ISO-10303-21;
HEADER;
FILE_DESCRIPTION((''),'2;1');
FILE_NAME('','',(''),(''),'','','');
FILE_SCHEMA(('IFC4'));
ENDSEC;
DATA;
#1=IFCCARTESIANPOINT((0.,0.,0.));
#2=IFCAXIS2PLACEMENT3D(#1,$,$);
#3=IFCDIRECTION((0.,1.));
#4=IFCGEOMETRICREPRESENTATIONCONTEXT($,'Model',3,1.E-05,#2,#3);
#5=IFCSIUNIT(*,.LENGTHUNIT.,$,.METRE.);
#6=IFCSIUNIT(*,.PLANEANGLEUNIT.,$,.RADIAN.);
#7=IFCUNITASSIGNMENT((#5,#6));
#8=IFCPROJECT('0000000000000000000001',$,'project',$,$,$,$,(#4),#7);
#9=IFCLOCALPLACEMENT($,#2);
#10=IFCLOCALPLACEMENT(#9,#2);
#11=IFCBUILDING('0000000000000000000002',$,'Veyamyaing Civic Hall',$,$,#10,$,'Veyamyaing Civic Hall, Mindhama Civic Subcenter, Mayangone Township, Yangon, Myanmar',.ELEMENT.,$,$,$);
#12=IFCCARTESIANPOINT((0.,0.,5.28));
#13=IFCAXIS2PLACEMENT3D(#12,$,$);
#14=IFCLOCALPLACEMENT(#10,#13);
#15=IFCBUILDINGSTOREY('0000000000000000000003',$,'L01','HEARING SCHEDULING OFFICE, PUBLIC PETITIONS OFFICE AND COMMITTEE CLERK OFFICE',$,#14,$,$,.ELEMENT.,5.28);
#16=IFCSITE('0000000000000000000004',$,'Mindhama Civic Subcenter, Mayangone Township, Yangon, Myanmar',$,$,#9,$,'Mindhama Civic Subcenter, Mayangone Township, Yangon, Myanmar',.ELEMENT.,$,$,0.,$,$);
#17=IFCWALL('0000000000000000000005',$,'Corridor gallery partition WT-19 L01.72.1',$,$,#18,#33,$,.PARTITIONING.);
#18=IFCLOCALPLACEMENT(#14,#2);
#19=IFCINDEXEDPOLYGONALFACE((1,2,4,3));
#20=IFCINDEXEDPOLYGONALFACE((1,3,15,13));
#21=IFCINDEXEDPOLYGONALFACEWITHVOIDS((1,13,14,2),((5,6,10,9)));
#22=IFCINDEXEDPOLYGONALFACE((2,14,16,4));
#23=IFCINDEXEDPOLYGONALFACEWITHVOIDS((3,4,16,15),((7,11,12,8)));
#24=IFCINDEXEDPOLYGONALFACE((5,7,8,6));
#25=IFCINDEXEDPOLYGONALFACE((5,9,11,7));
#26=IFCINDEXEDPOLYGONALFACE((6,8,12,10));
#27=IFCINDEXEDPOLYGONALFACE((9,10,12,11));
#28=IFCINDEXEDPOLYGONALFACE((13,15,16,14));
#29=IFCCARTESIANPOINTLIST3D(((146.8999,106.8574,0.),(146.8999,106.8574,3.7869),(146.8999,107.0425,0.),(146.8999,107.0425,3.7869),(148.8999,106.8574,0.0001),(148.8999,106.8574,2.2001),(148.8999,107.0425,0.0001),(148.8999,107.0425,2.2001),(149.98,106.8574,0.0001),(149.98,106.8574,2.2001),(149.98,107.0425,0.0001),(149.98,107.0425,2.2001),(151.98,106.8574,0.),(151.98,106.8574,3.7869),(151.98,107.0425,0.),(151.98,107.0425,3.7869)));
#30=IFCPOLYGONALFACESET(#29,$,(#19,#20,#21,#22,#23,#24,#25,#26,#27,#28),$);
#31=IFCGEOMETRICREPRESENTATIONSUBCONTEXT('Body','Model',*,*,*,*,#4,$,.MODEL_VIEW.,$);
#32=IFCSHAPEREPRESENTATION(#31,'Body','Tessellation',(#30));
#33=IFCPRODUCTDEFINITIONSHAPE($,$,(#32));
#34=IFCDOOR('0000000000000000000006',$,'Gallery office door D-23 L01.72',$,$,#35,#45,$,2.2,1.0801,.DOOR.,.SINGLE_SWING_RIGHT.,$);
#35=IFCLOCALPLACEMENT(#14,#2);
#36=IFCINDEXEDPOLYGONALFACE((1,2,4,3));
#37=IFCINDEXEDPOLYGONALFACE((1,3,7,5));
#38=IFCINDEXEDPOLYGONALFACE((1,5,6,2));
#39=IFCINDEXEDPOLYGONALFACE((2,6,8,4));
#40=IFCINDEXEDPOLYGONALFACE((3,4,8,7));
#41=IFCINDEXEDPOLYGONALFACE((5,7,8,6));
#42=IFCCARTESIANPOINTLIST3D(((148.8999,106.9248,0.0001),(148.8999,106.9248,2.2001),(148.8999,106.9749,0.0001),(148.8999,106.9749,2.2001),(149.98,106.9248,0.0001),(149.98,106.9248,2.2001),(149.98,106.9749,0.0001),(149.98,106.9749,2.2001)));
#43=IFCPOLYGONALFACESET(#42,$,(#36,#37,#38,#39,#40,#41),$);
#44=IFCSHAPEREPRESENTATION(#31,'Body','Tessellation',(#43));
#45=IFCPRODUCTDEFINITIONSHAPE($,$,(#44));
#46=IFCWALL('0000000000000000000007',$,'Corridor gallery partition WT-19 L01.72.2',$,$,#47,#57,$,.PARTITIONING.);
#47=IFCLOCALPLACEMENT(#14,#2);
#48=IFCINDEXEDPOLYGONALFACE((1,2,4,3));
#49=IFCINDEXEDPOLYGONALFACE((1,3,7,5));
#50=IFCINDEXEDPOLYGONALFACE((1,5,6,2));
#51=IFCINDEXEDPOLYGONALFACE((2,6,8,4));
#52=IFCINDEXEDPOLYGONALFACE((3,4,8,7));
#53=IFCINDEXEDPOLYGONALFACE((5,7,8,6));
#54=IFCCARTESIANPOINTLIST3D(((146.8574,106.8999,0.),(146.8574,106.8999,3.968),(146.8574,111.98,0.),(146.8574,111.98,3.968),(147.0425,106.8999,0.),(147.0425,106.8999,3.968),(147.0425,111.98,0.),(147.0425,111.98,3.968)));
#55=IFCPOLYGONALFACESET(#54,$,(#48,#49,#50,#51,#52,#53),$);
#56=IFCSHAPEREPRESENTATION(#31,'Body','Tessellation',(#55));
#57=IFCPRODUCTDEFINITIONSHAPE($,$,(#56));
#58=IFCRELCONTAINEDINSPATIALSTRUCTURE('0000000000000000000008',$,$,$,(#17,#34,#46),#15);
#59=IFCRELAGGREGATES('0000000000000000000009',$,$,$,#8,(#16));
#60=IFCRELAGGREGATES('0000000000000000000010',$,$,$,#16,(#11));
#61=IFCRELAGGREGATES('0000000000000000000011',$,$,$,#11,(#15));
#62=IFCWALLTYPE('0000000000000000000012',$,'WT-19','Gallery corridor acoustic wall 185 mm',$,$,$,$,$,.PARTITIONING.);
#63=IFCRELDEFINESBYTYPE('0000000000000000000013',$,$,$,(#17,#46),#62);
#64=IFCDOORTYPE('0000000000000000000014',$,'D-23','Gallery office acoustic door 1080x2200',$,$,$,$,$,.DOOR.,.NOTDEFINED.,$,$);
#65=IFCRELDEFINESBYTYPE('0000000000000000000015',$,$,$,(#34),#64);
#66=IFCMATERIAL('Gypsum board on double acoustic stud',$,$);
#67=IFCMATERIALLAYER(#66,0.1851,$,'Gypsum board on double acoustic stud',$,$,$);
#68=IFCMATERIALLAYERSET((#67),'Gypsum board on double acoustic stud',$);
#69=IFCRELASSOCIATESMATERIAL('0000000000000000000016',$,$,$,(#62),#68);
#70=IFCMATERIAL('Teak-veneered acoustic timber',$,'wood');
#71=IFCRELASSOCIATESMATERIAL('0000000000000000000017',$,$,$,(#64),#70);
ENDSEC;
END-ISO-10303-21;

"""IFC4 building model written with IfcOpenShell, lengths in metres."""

from ifc_helpers import new_model, si_unit, direction, frame, frame_2d, origin, place, context, subcontext, project, spatial, rectangle, extrude, material, layer, layer_set, type_object, element, fill, save


model = new_model("IFC4")

# Units and contexts
model_context = context("Model", 3, precision=1e-05, world=origin(), true_north=direction((0.0, 1.0)))
body_context = subcontext(model_context, "Body", "Model", "MODEL_VIEW")
ifc_project = project(units=[si_unit("LENGTHUNIT", "METRE"), si_unit("PLANEANGLEUNIT", "RADIAN")], contexts=[model_context])

# Site, building, storey
site_placement = place(None, origin())
site = spatial("IfcSite", under=ifc_project, at=site_placement, Name="Mindhama Civic Subcenter, Mayangone Township, Yangon, Myanmar", LongName="Mindhama Civic Subcenter, Mayangone Township, Yangon, Myanmar", CompositionType="ELEMENT", RefElevation=0.0)
building_placement = place(site_placement, origin())
building = spatial("IfcBuilding", under=site, at=building_placement, Name="Veyamyaing Civic Hall", LongName="Veyamyaing Civic Hall, Mindhama Civic Subcenter, Mayangone Township, Yangon, Myanmar", CompositionType="ELEMENT")
storey_placement = place(building_placement, frame((0.0, 0.0, 5.28)))
storey = spatial("IfcBuildingStorey", under=building, at=storey_placement, Name="L01", Description="HEARING SCHEDULING OFFICE, PUBLIC PETITIONS OFFICE AND COMMITTEE CLERK OFFICE", CompositionType="ELEMENT", Elevation=5.28)

# Shared definitions
ifc_material_1 = material(Name="Teak-veneered acoustic timber", Category="wood")

# Wall, opening, door
ifc_material_2 = material(Name="Gypsum board on double acoustic stud")
ifc_layer_1 = layer(ifc_material_2, 0.1851, Name="Gypsum board on double acoustic stud")
ifc_layer_set_1 = layer_set([ifc_layer_1], Name="Gypsum board on double acoustic stud")
wall_type_1 = type_object("IfcWallType", Name="WT-19", Description="Gallery corridor acoustic wall 185 mm", PredefinedType="PARTITIONING", material=ifc_layer_set_1)
wall_1_placement = place(storey_placement, frame((146.8999, 106.95, 0.0), z_axis=(0.0, 0.0, 1.0), x_axis=(1.0, 0.0, 0.0)))
wall_1 = element("IfcWall", 1, at=wall_1_placement, inside=storey, type_object=wall_type_1, Name="Corridor gallery partition WT-19 L01.72.1", PredefinedType="PARTITIONING", context=body_context, shape_type="SweptSolid", body=[
    extrude(rectangle(XDim=5.0801, YDim=0.1851, at=frame_2d((2.54, 0.0))), origin(), (0.0, 0.0, 1.0), 3.7869),
])
opening_1_placement = place(wall_1_placement, frame((2.0, 0.0, 0.0)))
opening_1 = element("IfcOpeningElement", 2, at=opening_1_placement, cuts=wall_1, PredefinedType="OPENING", context=body_context, shape_type="SweptSolid", body=[
    extrude(rectangle(XDim=1.0801, YDim=2.2, at=frame_2d((0.54, 1.1001))), frame((0.0, 0.1025, 0.0), z_axis=(0.0, -1.0, 0.0), x_axis=(1.0, 0.0, 0.0)), (0.0, 0.0, 1.0), 0.2051),
])
door_type_1 = type_object("IfcDoorType", Name="D-23", Description="Gallery office acoustic door 1080x2200", OperationType="NOTDEFINED", PredefinedType="DOOR", material=ifc_material_1)
door_1_placement = place(opening_1_placement, origin())
door_1 = element("IfcDoor", 3, at=door_1_placement, inside=storey, type_object=door_type_1, Name="Gallery office door D-23 L01.72", OperationType="SINGLE_SWING_RIGHT", OverallHeight=2.2, OverallWidth=1.0801, PredefinedType="DOOR", context=body_context, shape_type="SweptSolid", body=[
    extrude(rectangle(XDim=1.0801, YDim=2.2, at=frame_2d((0.54, 1.1001))), frame((0.0, 0.0249, 0.0), z_axis=(0.0, -1.0, 0.0), x_axis=(1.0, 0.0, 0.0)), (0.0, 0.0, 1.0), 0.05),
])
fill(opening_1, door_1)

# Wall
wall_2_placement = place(storey_placement, frame((146.95, 106.8999, 0.0), z_axis=(0.0, 0.0, 1.0), x_axis=(0.0, 1.0, 0.0)))
element("IfcWall", 4, at=wall_2_placement, inside=storey, type_object=wall_type_1, Name="Corridor gallery partition WT-19 L01.72.2", PredefinedType="PARTITIONING", context=body_context, shape_type="SweptSolid", body=[
    extrude(rectangle(XDim=5.0801, YDim=0.1851, at=frame_2d((2.54, 0.0))), origin(), (0.0, 0.0, 1.0), 3.968),
])

save(model, "model.ifc")
